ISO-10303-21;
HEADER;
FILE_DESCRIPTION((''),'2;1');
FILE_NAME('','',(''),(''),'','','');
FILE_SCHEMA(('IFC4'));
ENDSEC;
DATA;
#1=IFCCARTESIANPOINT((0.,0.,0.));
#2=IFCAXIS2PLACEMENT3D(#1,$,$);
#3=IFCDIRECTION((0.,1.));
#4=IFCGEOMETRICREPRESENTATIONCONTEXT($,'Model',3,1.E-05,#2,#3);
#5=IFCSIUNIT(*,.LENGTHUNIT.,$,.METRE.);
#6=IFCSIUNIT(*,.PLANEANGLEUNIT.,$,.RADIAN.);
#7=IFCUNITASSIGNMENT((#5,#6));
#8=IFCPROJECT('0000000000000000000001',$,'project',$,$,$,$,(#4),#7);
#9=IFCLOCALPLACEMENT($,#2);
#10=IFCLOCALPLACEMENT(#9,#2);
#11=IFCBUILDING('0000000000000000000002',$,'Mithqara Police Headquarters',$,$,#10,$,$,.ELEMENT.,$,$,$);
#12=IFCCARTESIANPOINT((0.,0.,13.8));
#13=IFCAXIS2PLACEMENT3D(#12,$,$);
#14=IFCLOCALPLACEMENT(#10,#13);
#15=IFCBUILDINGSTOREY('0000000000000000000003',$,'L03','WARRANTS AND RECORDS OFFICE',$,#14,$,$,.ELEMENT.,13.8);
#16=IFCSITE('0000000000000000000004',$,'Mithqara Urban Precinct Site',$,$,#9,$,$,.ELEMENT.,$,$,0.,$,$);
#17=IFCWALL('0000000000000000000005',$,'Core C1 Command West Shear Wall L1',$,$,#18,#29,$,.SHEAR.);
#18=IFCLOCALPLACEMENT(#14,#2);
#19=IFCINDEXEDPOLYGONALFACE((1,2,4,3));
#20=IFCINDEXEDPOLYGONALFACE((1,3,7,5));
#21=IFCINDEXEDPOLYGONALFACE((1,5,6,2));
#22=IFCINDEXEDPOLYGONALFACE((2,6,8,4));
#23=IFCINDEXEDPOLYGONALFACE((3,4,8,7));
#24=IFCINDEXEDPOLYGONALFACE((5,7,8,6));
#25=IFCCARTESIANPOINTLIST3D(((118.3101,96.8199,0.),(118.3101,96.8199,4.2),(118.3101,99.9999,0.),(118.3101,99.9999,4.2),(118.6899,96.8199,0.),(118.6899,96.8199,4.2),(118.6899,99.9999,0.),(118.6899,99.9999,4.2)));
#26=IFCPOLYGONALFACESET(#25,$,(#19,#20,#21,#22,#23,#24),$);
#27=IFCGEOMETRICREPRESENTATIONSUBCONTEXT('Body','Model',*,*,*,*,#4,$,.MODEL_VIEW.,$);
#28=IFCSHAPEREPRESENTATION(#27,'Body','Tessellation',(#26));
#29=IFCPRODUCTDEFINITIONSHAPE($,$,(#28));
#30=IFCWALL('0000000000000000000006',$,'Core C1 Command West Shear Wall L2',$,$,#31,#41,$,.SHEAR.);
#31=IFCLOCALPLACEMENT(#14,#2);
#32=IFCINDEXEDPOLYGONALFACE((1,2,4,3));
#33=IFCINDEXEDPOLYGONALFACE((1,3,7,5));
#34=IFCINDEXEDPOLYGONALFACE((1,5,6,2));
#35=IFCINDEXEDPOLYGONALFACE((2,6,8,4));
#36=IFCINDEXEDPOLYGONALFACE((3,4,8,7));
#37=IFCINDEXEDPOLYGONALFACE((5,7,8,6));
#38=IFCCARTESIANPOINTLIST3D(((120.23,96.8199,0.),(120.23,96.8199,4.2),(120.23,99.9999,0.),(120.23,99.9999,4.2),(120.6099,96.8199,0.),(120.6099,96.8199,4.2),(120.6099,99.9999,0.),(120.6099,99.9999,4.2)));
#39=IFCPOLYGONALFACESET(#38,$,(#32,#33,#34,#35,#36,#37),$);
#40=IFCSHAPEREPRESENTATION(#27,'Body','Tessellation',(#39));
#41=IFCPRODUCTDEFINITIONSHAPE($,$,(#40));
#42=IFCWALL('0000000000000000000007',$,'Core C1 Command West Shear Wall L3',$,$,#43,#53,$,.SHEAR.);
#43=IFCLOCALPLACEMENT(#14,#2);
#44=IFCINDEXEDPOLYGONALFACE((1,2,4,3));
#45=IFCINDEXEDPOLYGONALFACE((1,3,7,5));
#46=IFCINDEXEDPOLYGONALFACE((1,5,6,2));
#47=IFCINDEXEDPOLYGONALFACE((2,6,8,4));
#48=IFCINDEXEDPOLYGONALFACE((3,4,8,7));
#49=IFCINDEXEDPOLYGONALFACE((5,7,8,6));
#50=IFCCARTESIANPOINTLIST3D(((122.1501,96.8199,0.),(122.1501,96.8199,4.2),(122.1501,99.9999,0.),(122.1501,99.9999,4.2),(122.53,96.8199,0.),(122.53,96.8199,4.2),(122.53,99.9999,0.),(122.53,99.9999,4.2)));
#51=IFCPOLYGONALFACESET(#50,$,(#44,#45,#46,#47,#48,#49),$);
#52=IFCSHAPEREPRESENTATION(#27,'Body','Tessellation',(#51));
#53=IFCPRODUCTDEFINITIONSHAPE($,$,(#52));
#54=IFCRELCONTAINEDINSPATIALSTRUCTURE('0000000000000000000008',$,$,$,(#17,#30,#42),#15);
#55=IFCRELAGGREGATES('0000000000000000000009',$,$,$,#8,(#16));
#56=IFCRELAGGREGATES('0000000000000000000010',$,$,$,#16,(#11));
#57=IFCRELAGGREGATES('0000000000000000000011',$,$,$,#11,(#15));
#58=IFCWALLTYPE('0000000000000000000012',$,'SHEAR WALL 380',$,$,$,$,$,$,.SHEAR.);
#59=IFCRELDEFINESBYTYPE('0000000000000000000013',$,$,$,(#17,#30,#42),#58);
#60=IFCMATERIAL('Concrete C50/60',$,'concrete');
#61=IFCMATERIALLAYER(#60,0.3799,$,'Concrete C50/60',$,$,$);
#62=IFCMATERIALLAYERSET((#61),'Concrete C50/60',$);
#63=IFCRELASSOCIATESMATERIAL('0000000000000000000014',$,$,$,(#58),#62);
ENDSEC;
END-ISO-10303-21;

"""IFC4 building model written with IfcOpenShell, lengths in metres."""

from ifc_helpers import new_model, si_unit, direction, frame, frame_2d, origin, place, context, subcontext, project, spatial, rectangle, extrude, material, layer, layer_set, type_object, element, save


model = new_model("IFC4")

# Units and contexts
model_context = context("Model", 3, precision=1e-05, world=origin(), true_north=direction((0.0, 1.0)))
body_context = subcontext(model_context, "Body", "Model", "MODEL_VIEW")
ifc_project = project(units=[si_unit("LENGTHUNIT", "METRE"), si_unit("PLANEANGLEUNIT", "RADIAN")], contexts=[model_context])

# Site, building, storey
site_placement = place(None, origin())
site = spatial("IfcSite", under=ifc_project, at=site_placement, Name="Mithqara Urban Precinct Site", CompositionType="ELEMENT", RefElevation=0.0)
building_placement = place(site_placement, origin())
building = spatial("IfcBuilding", under=site, at=building_placement, Name="Mithqara Police Headquarters", CompositionType="ELEMENT")
storey_placement = place(building_placement, frame((0.0, 0.0, 13.8)))
storey = spatial("IfcBuildingStorey", under=building, at=storey_placement, Name="L03", Description="WARRANTS AND RECORDS OFFICE", CompositionType="ELEMENT", Elevation=13.8)

# Shared definitions
ifc_material_1 = material(Name="Concrete C50/60", Category="concrete")

# Walls
ifc_layer_1 = layer(ifc_material_1, 0.3799, Name="Concrete C50/60")
ifc_layer_set_1 = layer_set([ifc_layer_1], Name="Concrete C50/60")
wall_type_1 = type_object("IfcWallType", Name="SHEAR WALL 380", PredefinedType="SHEAR", material=ifc_layer_set_1)
for number, where, z_axis, x_axis, name in (
    (1, (118.5, 96.8201, 0.0), (0.0, 0.0, 1.0), (0.0, 1.0, 0.0), "Core C1 Command West Shear Wall L1"),
    (2, (120.4199, 96.8201, 0.0), (0.0, 0.0, 1.0), (0.0, 1.0, 0.0), "Core C1 Command West Shear Wall L2"),
    (3, (122.3401, 96.8201, 0.0), (0.0, 0.0, 1.0), (0.0, 1.0, 0.0), "Core C1 Command West Shear Wall L3"),
):
    element("IfcWall", number, at=place(storey_placement, frame(where, z_axis=z_axis, x_axis=x_axis)), inside=storey, type_object=wall_type_1, Name=name, PredefinedType="SHEAR", context=body_context, shape_type="SweptSolid", body=[
        extrude(rectangle(XDim=3.1799, YDim=0.3799, at=frame_2d((1.5898, 0.0))), origin(), (0.0, 0.0, 1.0), 4.2),
    ])

save(model, "model.ifc")
